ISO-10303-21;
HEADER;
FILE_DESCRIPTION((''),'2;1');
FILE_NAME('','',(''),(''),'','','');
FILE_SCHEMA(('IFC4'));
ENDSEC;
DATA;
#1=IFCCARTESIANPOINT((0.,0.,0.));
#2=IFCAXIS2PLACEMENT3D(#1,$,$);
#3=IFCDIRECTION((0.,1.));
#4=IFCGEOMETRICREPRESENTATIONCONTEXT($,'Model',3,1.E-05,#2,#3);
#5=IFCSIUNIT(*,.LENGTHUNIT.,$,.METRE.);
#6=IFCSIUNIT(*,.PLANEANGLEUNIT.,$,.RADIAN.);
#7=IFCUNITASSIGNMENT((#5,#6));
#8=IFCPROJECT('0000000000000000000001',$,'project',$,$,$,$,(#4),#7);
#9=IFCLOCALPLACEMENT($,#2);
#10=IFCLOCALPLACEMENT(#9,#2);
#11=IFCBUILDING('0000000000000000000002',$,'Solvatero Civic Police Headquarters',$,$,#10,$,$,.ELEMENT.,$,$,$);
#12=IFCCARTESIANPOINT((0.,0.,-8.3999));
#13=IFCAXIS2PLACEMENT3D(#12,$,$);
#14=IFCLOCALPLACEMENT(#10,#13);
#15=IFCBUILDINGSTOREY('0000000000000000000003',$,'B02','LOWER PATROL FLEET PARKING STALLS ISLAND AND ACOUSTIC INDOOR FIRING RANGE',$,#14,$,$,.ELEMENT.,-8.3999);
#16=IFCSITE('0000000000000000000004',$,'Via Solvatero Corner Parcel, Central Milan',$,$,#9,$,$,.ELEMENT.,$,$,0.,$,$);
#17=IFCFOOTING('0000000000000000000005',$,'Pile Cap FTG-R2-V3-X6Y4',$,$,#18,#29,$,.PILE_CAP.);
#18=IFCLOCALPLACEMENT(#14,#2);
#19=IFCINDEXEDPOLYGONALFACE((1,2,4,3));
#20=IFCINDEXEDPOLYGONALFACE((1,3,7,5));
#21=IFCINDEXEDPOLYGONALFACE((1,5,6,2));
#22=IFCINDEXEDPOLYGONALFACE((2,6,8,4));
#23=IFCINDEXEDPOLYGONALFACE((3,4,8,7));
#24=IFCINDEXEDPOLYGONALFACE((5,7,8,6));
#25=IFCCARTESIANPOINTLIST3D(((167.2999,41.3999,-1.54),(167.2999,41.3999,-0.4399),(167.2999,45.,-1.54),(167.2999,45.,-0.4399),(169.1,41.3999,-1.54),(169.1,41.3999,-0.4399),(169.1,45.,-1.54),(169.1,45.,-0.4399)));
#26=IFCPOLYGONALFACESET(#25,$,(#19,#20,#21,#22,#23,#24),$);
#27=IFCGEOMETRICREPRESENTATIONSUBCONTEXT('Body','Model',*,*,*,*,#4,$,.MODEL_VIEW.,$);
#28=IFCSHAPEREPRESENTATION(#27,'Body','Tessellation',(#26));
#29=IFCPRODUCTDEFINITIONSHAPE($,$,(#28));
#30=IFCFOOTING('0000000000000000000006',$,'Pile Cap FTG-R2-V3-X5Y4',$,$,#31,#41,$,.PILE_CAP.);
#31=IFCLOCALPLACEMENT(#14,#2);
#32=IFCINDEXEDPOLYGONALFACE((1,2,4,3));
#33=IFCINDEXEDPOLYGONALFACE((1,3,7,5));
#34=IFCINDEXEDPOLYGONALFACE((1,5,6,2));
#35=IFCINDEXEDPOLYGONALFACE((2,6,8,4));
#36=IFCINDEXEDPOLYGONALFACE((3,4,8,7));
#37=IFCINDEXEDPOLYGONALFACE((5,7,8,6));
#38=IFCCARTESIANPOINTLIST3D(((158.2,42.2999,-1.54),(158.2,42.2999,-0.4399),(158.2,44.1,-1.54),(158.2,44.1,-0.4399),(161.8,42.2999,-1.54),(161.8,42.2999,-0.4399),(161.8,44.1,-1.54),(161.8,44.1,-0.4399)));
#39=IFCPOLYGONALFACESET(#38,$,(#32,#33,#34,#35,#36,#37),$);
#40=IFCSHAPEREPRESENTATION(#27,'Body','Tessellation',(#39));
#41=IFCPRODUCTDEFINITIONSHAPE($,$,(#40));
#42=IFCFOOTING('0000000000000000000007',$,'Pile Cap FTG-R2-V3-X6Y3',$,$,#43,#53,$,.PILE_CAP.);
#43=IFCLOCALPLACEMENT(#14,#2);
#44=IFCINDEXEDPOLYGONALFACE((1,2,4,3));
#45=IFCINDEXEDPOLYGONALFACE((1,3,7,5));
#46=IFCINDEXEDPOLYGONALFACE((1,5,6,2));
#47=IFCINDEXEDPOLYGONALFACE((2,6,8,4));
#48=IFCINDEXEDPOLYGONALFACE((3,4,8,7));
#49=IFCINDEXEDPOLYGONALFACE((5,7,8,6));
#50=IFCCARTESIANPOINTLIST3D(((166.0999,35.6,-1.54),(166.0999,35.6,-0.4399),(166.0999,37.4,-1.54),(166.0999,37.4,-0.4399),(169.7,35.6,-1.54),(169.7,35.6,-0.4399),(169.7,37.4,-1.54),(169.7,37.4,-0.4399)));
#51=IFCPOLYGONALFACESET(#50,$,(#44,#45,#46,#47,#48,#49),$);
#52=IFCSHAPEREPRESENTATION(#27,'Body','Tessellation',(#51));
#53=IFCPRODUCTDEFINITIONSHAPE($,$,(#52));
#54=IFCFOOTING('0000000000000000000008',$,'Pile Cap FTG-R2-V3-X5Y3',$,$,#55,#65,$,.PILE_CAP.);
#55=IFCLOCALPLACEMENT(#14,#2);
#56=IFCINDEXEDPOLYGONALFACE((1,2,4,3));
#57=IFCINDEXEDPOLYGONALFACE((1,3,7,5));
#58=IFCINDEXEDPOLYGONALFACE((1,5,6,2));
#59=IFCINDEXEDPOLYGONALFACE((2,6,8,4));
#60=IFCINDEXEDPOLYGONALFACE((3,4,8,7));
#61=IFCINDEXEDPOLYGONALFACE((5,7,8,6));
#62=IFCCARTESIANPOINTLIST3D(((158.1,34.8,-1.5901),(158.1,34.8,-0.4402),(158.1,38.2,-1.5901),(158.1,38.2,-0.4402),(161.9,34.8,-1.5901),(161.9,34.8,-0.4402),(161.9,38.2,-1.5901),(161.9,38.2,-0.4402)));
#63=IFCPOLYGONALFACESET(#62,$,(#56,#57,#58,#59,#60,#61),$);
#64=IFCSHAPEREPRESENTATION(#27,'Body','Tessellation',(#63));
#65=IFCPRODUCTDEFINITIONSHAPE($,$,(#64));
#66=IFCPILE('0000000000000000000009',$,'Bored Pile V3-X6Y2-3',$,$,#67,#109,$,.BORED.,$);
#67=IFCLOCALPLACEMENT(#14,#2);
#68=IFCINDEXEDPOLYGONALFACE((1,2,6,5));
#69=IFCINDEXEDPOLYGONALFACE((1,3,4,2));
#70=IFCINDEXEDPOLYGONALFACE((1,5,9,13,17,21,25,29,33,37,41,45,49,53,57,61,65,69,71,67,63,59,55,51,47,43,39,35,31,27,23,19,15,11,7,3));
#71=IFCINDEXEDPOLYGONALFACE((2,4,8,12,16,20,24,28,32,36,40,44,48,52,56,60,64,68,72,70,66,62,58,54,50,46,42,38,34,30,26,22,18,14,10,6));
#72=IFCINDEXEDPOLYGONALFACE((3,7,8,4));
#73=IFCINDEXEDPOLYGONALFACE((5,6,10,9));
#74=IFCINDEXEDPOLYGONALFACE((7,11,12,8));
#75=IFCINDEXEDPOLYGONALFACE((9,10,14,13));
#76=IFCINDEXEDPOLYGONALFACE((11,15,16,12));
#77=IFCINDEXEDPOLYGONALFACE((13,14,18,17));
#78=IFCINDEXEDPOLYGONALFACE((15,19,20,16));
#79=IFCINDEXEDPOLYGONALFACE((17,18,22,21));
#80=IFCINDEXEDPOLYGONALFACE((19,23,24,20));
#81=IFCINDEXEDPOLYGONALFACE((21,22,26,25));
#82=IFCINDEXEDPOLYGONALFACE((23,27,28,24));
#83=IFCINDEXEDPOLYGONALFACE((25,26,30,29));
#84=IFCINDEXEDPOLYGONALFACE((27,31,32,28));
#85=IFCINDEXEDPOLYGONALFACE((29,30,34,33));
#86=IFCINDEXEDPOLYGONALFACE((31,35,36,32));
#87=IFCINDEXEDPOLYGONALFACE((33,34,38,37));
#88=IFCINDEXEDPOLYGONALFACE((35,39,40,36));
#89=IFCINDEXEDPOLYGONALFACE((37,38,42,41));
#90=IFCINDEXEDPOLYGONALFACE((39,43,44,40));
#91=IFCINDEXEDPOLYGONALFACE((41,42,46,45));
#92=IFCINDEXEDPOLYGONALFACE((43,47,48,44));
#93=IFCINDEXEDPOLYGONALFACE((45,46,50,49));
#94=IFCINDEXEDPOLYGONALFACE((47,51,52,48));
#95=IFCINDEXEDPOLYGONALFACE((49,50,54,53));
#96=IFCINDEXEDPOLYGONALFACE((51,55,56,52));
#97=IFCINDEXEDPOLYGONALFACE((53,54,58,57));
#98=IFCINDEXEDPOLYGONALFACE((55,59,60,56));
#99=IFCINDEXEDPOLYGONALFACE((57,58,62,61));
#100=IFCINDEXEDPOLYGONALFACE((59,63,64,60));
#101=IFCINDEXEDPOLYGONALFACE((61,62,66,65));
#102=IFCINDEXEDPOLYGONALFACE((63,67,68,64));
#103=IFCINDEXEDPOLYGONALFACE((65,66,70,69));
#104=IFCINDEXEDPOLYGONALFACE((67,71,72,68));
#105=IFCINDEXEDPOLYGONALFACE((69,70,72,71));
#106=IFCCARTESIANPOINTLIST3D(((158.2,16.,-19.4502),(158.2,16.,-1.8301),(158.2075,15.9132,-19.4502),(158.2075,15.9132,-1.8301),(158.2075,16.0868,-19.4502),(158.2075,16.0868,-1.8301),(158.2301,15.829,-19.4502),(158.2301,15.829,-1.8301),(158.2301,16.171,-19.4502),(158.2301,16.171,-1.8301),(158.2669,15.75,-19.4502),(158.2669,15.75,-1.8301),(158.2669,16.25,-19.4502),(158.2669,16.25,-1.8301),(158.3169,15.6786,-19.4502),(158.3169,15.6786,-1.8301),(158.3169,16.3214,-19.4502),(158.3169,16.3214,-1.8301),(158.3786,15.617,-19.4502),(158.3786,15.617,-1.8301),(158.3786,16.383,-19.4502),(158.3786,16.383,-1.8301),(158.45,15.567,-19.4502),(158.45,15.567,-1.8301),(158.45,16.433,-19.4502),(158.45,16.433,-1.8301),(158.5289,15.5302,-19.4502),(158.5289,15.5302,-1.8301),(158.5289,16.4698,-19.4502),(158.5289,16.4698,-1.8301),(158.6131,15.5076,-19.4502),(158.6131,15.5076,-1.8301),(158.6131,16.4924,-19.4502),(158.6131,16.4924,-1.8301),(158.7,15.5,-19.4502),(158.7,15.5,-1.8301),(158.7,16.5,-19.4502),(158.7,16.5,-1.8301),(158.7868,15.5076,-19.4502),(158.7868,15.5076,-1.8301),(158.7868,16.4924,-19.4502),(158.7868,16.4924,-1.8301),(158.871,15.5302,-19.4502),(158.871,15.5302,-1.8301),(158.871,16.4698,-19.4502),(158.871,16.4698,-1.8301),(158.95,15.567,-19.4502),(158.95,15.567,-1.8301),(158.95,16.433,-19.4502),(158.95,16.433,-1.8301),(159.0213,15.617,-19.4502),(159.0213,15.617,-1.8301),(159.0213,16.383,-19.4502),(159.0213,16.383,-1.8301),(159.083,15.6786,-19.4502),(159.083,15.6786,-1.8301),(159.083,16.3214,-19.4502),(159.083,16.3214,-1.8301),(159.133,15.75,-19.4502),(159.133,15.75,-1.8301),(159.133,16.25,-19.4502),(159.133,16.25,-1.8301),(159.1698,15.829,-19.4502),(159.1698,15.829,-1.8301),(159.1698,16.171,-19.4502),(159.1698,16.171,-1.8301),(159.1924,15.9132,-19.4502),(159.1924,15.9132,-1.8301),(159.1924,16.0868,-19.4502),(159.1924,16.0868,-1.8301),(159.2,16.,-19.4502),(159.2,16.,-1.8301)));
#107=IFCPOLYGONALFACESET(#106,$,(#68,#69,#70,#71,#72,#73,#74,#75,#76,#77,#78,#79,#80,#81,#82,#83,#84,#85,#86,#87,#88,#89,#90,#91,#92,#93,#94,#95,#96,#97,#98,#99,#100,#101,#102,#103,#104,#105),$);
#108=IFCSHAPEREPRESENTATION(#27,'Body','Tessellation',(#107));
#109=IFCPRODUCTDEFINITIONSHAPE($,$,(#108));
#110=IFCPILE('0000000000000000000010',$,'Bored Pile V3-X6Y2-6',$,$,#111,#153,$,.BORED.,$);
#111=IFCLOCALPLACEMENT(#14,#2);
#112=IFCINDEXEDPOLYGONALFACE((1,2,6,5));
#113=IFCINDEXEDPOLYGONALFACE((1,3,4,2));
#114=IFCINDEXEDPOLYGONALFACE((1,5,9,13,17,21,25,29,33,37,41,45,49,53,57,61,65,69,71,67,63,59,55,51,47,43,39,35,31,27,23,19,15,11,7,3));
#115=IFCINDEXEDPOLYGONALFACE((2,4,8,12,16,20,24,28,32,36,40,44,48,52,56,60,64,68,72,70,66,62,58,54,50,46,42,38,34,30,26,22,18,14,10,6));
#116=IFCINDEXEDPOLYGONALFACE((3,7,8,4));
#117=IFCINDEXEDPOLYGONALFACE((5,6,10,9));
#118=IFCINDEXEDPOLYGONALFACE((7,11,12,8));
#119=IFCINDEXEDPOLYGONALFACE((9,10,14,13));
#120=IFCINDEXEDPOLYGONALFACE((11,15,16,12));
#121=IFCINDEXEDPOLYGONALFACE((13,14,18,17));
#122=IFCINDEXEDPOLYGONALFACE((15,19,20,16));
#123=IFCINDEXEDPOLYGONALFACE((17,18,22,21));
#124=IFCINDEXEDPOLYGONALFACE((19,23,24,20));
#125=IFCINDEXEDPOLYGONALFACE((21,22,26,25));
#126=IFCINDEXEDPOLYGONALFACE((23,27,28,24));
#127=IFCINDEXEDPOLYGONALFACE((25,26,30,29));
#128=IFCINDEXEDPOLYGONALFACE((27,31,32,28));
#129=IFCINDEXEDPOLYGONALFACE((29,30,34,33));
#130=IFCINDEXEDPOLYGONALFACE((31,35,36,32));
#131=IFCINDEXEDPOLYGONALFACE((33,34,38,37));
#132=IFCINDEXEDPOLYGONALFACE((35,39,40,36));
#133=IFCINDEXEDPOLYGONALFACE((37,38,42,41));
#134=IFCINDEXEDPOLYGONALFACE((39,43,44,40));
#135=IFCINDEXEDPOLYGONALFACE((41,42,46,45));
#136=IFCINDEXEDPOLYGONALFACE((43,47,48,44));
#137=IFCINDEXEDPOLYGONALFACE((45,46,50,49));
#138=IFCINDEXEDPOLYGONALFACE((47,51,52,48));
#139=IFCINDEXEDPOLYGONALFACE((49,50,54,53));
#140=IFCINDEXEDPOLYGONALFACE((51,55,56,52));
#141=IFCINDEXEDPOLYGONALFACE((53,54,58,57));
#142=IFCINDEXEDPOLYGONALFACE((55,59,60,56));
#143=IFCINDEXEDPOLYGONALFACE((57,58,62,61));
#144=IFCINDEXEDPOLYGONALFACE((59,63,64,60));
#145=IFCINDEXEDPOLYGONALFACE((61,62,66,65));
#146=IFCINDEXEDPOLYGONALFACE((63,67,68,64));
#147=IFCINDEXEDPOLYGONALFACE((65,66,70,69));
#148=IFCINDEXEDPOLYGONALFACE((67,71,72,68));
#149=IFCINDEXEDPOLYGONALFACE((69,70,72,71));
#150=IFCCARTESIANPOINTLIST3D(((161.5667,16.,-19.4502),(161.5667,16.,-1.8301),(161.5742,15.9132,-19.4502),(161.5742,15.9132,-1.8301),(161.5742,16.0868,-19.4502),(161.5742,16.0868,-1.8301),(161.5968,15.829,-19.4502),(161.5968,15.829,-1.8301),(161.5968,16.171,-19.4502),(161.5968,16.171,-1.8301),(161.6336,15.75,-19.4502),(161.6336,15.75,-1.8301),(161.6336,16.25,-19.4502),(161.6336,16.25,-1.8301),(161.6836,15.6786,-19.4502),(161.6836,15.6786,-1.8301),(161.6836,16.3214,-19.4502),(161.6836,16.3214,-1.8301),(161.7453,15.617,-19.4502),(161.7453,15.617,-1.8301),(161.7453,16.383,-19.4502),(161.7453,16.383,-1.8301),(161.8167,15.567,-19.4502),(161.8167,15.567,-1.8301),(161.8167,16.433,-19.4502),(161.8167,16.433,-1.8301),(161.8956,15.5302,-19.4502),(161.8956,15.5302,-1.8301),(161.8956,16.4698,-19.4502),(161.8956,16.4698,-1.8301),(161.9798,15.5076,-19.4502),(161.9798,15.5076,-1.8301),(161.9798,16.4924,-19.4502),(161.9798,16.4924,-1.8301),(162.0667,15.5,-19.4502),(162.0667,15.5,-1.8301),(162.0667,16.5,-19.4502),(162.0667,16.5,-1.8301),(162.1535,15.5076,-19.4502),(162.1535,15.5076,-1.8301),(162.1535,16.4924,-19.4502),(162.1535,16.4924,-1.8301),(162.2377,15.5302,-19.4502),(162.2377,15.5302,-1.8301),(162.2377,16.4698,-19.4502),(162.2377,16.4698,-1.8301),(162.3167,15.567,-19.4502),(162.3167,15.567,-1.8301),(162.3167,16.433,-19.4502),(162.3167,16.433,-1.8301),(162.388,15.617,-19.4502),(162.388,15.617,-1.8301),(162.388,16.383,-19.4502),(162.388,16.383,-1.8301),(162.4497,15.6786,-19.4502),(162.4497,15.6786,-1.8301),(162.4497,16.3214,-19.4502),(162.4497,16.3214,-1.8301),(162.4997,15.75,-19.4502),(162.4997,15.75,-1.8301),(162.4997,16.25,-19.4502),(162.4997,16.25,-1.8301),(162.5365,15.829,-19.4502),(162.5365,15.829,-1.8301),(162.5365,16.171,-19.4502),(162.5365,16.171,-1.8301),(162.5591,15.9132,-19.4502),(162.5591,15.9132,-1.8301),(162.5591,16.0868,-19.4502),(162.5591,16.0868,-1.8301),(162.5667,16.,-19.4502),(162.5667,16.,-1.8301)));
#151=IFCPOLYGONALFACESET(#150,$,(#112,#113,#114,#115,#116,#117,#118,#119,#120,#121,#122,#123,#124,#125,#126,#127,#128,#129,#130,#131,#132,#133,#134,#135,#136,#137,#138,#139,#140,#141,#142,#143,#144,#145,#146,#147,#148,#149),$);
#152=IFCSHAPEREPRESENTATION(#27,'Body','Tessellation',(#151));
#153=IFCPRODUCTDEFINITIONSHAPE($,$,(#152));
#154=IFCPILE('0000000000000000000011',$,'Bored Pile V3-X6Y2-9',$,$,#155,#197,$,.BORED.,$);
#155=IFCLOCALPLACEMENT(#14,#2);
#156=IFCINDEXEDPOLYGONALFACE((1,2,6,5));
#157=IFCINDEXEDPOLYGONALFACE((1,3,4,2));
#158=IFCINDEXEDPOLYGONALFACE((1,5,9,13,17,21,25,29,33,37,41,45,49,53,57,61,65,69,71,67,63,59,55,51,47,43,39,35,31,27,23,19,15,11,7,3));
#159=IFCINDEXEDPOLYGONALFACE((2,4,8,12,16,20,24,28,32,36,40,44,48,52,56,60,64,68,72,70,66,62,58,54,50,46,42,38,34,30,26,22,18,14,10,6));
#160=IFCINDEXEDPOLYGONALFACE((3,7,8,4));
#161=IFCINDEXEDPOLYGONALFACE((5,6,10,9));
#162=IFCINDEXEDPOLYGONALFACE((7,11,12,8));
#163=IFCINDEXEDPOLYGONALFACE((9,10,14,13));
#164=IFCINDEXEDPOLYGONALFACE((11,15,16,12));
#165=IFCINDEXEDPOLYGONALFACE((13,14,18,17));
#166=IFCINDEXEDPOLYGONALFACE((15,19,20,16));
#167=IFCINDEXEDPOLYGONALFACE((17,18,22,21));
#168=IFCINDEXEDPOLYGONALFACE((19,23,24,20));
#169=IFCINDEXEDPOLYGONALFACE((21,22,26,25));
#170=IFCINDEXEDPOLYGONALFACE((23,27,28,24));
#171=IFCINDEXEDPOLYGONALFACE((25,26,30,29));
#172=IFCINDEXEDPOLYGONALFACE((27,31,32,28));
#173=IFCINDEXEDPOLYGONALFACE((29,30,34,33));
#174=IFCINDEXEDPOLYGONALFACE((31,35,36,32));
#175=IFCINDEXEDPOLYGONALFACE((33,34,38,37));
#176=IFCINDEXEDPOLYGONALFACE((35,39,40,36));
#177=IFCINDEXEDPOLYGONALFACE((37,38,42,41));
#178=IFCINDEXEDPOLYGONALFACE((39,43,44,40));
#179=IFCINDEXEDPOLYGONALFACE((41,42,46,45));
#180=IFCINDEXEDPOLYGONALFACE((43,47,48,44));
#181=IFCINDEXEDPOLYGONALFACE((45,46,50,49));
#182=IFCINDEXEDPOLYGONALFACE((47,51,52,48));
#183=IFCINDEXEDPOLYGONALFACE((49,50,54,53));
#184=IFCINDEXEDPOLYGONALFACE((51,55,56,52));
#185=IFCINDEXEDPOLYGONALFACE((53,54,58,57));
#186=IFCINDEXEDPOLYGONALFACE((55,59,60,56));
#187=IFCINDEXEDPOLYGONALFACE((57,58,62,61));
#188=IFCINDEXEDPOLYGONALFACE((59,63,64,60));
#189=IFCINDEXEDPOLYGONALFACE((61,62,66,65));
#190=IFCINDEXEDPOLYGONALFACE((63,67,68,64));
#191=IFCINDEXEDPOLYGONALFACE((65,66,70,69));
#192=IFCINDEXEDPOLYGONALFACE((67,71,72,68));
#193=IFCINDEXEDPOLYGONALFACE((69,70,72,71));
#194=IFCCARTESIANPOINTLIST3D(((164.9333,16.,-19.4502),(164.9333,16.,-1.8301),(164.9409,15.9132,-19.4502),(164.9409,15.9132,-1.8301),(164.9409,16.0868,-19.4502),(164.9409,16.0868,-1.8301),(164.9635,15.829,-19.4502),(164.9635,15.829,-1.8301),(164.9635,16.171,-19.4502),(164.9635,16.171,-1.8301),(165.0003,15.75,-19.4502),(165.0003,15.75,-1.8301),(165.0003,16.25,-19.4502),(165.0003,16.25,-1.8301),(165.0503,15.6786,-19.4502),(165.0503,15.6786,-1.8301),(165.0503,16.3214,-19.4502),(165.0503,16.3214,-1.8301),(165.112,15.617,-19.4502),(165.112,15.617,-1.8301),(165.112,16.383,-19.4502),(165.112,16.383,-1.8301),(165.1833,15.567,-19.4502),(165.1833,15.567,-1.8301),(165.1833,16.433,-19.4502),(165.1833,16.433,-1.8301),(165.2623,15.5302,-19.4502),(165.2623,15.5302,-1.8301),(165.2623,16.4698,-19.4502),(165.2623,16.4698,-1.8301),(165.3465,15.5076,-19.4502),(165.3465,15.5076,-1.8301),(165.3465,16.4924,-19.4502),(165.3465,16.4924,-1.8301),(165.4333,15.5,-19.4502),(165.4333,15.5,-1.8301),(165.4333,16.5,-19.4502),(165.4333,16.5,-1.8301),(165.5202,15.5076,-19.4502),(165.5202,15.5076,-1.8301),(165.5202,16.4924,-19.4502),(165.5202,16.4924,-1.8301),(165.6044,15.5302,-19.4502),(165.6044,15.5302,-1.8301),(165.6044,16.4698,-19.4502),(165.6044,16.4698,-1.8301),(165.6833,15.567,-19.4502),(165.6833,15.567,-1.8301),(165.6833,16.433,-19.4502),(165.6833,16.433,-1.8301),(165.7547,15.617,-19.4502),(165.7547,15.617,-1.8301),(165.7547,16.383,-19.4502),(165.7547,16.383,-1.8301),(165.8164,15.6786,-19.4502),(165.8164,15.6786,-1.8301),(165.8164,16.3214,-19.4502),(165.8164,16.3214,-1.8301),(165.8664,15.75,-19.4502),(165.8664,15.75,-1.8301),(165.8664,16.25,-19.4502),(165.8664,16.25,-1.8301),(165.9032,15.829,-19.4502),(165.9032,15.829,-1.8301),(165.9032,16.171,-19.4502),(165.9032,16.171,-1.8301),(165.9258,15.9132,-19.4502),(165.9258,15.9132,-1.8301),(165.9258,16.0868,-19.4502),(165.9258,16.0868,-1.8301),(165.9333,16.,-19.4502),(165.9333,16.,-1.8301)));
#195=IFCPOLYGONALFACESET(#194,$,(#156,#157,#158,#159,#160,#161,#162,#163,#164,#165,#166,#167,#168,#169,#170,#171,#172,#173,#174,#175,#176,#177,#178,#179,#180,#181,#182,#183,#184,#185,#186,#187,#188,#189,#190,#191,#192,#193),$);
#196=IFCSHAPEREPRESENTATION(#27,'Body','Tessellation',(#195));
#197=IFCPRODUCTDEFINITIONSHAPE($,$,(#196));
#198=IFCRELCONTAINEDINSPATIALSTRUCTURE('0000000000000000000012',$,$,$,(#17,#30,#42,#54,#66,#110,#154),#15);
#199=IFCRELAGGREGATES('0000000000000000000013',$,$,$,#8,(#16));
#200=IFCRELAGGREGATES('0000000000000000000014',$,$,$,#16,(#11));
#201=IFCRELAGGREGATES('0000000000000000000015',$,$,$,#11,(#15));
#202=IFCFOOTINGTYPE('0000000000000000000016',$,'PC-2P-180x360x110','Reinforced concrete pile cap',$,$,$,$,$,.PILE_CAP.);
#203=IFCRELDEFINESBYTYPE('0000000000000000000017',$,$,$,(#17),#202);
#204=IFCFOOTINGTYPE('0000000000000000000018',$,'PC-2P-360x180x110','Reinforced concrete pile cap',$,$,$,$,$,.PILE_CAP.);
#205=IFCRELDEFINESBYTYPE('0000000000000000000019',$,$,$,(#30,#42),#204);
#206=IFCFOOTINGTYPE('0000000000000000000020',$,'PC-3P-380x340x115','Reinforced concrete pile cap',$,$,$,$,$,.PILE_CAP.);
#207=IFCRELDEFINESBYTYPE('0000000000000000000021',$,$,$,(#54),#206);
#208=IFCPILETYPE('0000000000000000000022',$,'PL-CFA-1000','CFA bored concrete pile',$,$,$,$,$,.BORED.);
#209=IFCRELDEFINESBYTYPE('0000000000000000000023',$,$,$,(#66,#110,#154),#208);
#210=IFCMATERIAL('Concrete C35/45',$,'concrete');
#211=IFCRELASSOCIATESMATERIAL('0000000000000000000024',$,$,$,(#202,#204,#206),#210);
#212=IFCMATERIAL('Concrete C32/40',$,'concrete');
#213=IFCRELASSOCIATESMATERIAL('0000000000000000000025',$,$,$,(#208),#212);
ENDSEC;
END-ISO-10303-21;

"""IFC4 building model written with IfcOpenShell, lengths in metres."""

from ifc_helpers import new_model, si_unit, direction, frame, origin, origin_2d, place, context, subcontext, project, spatial, rectangle, circle, extrude, material, material_profile, profile_set, type_object, element, save


model = new_model("IFC4")

# Units and contexts
model_context = context("Model", 3, precision=1e-05, world=origin(), true_north=direction((0.0, 1.0)))
body_context = subcontext(model_context, "Body", "Model", "MODEL_VIEW")
ifc_project = project(units=[si_unit("LENGTHUNIT", "METRE"), si_unit("PLANEANGLEUNIT", "RADIAN")], contexts=[model_context])

# Site, building, storey
site_placement = place(None, origin())
site = spatial("IfcSite", under=ifc_project, at=site_placement, Name="Via Solvatero Corner Parcel, Central Milan", CompositionType="ELEMENT", RefElevation=0.0)
building_placement = place(site_placement, origin())
building = spatial("IfcBuilding", under=site, at=building_placement, Name="Solvatero Civic Police Headquarters", CompositionType="ELEMENT")
storey_placement = place(building_placement, frame((0.0, 0.0, -8.3999)))
storey = spatial("IfcBuildingStorey", under=building, at=storey_placement, Name="B02", Description="LOWER PATROL FLEET PARKING STALLS ISLAND AND ACOUSTIC INDOOR FIRING RANGE", CompositionType="ELEMENT", Elevation=-8.3999)

# Footings
ifc_material_1 = material(Name="Concrete C35/45", Category="concrete")
footing_type_1 = type_object("IfcFootingType", Name="PC-2P-180x360x110", Description="Reinforced concrete pile cap", PredefinedType="PILE_CAP", material=ifc_material_1)
footing_1_placement = place(storey_placement, frame((168.2, 43.2, -1.54), z_axis=(0.0, 0.0, 1.0), x_axis=(1.0, 0.0, 0.0)))
element("IfcFooting", 1, at=footing_1_placement, inside=storey, type_object=footing_type_1, Name="Pile Cap FTG-R2-V3-X6Y4", PredefinedType="PILE_CAP", context=body_context, shape_type="SweptSolid", body=[
    extrude(rectangle(XDim=1.8, YDim=3.6001, at=origin_2d()), origin(), (0.0, 0.0, 1.0), 1.1001),
])
footing_type_2 = type_object("IfcFootingType", Name="PC-2P-360x180x110", Description="Reinforced concrete pile cap", PredefinedType="PILE_CAP", material=ifc_material_1)
for number, where, z_axis, x_axis, name in (
    (2, (160.0, 43.2, -1.54), (0.0, 0.0, 1.0), (1.0, 0.0, 0.0), "Pile Cap FTG-R2-V3-X5Y4"),
    (3, (167.8999, 36.5, -1.54), (0.0, 0.0, 1.0), (1.0, 0.0, 0.0), "Pile Cap FTG-R2-V3-X6Y3"),
):
    element("IfcFooting", number, at=place(storey_placement, frame(where, z_axis=z_axis, x_axis=x_axis)), inside=storey, type_object=footing_type_2, Name=name, PredefinedType="PILE_CAP", context=body_context, shape_type="SweptSolid", body=[
        extrude(rectangle(XDim=3.6001, YDim=1.8, at=origin_2d()), origin(), (0.0, 0.0, 1.0), 1.1001),
    ])
footing_type_3 = type_object("IfcFootingType", Name="PC-3P-380x340x115", Description="Reinforced concrete pile cap", PredefinedType="PILE_CAP", material=ifc_material_1)
footing_2_placement = place(storey_placement, frame((160.0, 36.5, -1.5901), z_axis=(0.0, 0.0, 1.0), x_axis=(1.0, 0.0, 0.0)))
element("IfcFooting", 4, at=footing_2_placement, inside=storey, type_object=footing_type_3, Name="Pile Cap FTG-R2-V3-X5Y3", PredefinedType="PILE_CAP", context=body_context, shape_type="SweptSolid", body=[
    extrude(rectangle(XDim=3.8, YDim=3.3999, at=origin_2d()), origin(), (0.0, 0.0, 1.0), 1.1499),
])

# Piles
ifc_material_2 = material(Name="Concrete C32/40", Category="concrete")
ifc_material_profile_1 = material_profile(ifc_material_2, circle(Radius=0.5, at=origin_2d()), Name="CFA PILE D1000")
ifc_profile_set_1 = profile_set([ifc_material_profile_1], Name="Concrete C32/40")
pile_type_1 = type_object("IfcPileType", Name="PL-CFA-1000", Description="CFA bored concrete pile", PredefinedType="BORED", material=ifc_profile_set_1)
for number, where, z_axis, x_axis, name in (
    (5, (158.7, 16.0, -1.8301), (0.0, 0.0, -1.0), (1.0, 0.0, 0.0), "Bored Pile V3-X6Y2-3"),
    (6, (162.0667, 16.0, -1.8301), (0.0, 0.0, -1.0), (1.0, 0.0, 0.0), "Bored Pile V3-X6Y2-6"),
    (7, (165.4333, 16.0, -1.8301), (0.0, 0.0, -1.0), (1.0, 0.0, 0.0), "Bored Pile V3-X6Y2-9"),
):
    element("IfcPile", number, at=place(storey_placement, frame(where, z_axis=z_axis, x_axis=x_axis)), inside=storey, type_object=pile_type_1, Name=name, PredefinedType="BORED", context=body_context, shape_type="SweptSolid", body=[
        extrude(circle(Radius=0.5, at=origin_2d()), origin(), (0.0, 0.0, 1.0), 17.6201),
    ])

save(model, "model.ifc")
